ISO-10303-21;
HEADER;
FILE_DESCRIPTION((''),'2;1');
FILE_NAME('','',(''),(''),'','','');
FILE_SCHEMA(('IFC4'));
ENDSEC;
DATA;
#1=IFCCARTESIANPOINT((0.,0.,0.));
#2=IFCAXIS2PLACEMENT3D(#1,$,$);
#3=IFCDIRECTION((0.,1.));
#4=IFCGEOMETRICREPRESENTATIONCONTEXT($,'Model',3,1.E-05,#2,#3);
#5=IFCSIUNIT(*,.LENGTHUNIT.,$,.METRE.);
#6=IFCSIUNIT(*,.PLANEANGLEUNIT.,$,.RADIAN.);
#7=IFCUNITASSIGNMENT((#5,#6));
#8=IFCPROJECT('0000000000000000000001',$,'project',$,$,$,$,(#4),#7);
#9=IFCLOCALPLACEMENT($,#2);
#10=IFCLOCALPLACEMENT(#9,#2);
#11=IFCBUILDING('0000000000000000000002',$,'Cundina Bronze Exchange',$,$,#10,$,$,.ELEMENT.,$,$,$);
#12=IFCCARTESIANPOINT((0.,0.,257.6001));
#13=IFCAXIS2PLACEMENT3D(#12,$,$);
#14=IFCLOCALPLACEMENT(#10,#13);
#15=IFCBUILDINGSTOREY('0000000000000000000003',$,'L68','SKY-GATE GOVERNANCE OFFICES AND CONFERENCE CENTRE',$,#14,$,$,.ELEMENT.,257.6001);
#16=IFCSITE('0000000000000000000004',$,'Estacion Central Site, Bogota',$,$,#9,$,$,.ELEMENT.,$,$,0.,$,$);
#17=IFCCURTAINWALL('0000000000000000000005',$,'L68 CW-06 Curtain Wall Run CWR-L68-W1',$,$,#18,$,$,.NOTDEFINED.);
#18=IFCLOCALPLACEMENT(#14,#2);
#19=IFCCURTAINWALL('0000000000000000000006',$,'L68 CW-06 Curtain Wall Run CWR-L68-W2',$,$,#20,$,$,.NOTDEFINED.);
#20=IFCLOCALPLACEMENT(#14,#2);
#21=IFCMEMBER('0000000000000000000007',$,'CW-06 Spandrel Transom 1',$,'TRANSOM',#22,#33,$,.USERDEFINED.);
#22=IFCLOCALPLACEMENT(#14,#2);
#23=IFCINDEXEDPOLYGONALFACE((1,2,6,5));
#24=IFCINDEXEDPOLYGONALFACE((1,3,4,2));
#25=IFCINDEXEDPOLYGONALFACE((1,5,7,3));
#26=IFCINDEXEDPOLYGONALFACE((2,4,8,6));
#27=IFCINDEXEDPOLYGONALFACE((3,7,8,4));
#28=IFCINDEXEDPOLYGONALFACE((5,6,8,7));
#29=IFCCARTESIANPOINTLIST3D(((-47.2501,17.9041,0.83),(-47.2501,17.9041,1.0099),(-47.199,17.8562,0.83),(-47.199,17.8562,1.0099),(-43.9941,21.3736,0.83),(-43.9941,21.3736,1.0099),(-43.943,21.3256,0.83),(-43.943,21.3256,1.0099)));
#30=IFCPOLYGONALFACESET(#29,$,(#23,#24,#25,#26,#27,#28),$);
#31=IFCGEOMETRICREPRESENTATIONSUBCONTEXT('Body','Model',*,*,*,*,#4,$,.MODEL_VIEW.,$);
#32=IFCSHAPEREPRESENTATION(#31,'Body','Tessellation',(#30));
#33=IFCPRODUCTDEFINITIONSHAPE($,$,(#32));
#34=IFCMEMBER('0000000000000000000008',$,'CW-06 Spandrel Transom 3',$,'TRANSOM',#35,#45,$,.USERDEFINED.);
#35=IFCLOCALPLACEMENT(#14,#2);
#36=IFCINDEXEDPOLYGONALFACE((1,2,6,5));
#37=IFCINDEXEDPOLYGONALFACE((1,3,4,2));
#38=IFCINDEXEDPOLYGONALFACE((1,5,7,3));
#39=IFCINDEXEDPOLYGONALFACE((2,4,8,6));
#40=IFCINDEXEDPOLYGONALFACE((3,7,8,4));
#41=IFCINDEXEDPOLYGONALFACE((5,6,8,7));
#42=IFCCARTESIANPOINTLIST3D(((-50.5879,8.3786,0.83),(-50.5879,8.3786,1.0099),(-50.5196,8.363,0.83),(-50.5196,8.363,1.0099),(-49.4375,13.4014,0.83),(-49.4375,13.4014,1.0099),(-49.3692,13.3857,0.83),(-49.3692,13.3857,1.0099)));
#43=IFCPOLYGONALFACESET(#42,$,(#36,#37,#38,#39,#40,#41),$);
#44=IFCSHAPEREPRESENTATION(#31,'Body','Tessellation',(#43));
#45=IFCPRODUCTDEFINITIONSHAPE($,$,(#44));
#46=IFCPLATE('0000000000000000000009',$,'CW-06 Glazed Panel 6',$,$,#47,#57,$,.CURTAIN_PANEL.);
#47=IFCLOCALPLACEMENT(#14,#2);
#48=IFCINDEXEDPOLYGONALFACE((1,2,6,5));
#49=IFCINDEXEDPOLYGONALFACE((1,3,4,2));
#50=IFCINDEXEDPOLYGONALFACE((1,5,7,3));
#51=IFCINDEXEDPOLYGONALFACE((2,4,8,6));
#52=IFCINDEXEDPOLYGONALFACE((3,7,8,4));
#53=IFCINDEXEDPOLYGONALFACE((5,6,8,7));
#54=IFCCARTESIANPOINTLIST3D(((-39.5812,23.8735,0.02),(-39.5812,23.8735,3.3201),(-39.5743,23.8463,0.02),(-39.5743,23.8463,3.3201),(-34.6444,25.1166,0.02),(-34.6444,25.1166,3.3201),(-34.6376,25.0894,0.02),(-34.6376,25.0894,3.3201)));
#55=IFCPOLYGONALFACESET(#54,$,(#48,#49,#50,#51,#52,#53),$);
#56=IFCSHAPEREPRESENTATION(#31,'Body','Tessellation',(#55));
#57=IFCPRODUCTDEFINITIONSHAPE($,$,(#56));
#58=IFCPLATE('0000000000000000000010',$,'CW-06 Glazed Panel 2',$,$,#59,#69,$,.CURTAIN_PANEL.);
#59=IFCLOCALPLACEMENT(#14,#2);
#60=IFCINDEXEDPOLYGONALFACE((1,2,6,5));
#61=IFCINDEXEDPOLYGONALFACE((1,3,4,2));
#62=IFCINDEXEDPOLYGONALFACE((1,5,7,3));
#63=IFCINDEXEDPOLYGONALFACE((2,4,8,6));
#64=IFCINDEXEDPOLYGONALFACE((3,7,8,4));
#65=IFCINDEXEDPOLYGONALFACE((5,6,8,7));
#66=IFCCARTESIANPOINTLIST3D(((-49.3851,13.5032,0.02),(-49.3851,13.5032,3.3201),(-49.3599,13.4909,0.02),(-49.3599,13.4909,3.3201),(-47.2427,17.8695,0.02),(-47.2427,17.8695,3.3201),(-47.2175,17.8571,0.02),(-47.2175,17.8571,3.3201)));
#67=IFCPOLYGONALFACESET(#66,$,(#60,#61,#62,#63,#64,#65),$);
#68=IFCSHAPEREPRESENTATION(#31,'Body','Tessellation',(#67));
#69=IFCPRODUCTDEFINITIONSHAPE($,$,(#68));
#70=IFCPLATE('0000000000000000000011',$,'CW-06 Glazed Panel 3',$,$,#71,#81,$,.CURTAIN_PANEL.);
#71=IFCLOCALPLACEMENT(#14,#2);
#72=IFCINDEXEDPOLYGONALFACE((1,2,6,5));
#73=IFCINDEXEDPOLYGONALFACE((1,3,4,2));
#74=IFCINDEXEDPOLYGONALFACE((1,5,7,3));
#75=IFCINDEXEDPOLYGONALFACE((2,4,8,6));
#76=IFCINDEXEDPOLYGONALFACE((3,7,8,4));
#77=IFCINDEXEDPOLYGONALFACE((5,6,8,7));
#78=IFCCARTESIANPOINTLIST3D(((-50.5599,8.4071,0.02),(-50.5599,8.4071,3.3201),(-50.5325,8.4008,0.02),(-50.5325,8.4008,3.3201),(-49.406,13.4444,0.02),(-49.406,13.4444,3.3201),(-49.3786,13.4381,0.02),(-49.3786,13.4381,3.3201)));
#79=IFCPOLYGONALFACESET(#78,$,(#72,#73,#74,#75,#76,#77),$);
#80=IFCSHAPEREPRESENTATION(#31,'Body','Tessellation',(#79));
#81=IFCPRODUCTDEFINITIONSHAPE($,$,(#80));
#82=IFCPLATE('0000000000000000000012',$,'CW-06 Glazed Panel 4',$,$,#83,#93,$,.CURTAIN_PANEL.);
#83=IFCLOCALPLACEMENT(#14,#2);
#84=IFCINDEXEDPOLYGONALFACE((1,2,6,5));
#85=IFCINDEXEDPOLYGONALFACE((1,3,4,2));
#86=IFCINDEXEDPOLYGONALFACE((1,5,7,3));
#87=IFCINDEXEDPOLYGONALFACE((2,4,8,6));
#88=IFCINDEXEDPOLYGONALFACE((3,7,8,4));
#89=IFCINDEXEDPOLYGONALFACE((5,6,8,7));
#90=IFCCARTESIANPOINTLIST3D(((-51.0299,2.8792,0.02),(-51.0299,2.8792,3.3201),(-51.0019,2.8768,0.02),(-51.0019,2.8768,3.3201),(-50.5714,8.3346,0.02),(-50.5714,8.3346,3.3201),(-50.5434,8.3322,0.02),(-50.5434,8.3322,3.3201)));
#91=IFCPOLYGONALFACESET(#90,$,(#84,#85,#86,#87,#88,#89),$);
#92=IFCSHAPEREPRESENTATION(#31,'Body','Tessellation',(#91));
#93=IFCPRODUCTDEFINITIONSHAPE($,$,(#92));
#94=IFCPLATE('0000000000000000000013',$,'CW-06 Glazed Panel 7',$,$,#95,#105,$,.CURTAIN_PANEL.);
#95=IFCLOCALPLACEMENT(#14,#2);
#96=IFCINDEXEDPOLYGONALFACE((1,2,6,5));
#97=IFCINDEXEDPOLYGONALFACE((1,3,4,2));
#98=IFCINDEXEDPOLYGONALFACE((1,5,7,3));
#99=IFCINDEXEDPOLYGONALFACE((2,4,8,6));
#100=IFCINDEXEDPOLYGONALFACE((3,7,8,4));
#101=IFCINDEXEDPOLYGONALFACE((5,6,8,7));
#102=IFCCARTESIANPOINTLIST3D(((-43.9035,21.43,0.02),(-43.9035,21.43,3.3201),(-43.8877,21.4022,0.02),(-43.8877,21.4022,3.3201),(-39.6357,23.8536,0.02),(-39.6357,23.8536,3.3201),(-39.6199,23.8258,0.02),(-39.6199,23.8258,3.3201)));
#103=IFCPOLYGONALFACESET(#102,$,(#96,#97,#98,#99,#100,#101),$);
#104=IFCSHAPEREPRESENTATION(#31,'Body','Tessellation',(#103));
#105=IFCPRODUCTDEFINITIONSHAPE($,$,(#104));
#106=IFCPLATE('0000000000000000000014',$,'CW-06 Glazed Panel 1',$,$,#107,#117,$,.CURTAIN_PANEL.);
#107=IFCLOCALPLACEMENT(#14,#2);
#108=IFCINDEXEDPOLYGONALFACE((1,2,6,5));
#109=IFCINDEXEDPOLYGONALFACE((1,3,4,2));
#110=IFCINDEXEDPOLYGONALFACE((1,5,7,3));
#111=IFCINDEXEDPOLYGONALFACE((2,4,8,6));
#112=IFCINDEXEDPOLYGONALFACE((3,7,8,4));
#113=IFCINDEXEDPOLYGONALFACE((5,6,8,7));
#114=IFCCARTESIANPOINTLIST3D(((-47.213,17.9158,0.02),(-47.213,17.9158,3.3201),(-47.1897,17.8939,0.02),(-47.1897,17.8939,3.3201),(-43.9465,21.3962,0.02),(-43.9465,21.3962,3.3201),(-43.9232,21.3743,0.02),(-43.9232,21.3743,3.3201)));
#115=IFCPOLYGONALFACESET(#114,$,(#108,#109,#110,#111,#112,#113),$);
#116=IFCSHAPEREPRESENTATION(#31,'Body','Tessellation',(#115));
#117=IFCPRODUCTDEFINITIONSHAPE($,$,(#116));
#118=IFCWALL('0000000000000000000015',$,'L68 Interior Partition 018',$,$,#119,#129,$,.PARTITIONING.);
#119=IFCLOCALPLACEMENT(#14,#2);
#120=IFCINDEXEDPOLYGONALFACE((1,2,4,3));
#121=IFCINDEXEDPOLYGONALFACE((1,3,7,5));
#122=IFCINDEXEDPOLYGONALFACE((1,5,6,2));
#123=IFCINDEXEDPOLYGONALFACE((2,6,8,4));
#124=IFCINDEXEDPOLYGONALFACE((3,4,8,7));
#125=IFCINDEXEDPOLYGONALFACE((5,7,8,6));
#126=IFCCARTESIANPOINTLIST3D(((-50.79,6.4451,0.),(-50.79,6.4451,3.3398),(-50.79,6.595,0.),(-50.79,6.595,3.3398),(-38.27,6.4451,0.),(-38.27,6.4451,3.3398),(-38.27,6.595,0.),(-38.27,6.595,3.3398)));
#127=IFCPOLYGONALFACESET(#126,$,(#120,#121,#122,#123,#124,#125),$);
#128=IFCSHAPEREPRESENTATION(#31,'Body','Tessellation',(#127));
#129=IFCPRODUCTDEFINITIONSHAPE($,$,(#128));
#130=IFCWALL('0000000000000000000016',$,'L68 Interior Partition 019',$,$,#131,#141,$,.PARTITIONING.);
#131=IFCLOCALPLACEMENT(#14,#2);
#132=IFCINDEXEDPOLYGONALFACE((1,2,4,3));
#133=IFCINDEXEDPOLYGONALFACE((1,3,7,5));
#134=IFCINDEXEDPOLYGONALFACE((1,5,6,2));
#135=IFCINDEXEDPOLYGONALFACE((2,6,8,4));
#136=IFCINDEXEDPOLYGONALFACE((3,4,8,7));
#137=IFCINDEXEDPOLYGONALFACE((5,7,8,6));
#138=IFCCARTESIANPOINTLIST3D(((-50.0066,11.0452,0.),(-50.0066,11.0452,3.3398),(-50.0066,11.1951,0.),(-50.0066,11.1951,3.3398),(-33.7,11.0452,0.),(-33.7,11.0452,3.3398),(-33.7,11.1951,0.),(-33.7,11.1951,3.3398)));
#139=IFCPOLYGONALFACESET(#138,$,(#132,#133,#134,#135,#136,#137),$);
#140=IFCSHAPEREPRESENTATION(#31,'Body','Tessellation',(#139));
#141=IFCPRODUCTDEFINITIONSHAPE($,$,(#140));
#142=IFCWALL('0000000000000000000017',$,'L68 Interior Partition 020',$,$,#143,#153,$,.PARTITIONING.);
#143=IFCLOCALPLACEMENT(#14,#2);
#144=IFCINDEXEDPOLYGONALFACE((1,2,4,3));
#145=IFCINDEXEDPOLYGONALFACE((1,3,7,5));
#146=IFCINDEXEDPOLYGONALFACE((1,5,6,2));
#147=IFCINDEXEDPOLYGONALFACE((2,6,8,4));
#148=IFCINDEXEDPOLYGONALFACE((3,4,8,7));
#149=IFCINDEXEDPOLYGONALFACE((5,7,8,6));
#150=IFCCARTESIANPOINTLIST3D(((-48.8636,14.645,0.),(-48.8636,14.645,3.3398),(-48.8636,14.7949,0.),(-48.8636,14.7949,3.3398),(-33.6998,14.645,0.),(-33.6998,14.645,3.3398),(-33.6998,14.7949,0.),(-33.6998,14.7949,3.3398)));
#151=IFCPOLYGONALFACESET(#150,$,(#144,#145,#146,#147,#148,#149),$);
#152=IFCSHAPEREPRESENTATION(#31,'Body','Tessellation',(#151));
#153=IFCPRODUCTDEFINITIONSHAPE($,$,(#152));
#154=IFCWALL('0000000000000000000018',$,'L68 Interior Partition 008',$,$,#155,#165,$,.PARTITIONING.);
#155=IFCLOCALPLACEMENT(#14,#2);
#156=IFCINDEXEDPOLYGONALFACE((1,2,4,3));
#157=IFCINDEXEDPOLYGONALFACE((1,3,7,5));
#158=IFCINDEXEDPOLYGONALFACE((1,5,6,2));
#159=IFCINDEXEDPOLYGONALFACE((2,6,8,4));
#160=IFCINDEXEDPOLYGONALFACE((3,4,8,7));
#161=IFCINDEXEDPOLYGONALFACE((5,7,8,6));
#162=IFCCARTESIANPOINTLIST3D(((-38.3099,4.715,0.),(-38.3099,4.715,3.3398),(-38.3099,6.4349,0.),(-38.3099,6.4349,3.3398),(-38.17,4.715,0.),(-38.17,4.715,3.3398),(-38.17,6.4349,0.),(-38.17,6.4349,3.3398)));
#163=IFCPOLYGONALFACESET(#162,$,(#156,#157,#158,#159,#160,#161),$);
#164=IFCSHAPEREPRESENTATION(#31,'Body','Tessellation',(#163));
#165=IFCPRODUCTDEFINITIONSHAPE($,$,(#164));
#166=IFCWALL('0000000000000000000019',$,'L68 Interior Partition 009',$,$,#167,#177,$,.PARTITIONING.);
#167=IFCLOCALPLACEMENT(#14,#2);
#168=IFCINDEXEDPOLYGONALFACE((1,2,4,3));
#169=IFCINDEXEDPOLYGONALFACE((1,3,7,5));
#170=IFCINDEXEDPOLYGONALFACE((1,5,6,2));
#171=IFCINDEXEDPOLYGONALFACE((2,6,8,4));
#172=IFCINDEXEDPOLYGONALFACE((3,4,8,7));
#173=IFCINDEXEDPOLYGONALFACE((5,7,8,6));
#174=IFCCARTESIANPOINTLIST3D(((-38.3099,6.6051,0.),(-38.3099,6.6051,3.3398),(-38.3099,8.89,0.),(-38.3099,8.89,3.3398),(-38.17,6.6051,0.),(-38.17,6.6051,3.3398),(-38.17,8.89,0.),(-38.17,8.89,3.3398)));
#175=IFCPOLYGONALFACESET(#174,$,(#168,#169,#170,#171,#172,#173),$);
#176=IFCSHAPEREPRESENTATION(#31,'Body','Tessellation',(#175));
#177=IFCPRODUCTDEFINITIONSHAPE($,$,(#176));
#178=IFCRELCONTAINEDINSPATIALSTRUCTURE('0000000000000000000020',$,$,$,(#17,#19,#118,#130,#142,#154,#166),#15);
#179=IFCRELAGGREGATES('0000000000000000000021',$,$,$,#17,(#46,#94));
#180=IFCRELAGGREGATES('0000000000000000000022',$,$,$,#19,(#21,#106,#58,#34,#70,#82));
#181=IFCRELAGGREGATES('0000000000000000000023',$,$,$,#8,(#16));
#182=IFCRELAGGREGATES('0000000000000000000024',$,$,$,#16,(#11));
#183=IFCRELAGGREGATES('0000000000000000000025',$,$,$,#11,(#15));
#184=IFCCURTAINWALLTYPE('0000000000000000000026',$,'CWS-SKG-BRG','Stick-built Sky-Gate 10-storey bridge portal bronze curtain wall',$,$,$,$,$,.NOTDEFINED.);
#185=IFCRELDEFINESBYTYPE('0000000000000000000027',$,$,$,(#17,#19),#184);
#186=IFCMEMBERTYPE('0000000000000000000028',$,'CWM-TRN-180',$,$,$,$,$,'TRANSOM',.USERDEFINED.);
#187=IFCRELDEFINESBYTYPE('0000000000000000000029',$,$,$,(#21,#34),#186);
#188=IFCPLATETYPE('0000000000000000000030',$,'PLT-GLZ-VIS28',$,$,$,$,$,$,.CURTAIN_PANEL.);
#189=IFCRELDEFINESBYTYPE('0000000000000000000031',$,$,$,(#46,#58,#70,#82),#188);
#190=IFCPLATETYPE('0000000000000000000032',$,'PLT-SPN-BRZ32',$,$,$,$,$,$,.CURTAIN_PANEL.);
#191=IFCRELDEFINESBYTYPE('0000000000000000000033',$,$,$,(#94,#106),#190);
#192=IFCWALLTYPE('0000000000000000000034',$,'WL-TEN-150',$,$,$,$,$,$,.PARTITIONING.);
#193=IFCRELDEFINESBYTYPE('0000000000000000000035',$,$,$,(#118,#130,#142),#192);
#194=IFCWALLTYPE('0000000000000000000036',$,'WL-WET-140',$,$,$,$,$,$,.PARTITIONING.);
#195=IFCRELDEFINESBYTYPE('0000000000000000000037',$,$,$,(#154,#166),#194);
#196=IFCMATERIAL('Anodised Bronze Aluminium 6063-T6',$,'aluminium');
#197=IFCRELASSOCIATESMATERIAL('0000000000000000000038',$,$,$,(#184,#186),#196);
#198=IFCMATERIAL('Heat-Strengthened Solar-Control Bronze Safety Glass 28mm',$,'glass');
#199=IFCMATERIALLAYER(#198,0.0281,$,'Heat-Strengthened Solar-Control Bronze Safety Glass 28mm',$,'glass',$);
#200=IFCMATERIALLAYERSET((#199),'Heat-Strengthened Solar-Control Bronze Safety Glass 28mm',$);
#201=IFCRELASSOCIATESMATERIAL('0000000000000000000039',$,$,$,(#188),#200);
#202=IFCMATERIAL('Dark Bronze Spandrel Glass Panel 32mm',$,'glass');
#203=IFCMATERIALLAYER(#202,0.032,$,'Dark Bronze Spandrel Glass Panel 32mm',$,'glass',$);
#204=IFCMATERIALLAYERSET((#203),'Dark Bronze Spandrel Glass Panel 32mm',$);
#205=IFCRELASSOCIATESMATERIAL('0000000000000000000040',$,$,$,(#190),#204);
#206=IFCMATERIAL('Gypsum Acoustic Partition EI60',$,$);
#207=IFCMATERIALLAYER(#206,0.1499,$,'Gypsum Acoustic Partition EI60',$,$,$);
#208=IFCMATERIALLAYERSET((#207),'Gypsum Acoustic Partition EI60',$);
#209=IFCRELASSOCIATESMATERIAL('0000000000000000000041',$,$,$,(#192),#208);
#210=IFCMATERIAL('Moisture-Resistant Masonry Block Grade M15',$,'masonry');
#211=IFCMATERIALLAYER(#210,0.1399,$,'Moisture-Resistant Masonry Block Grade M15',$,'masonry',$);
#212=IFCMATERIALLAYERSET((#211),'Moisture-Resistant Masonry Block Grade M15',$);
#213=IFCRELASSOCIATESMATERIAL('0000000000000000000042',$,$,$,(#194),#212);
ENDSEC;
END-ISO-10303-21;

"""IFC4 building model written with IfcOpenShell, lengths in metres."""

from ifc_helpers import new_model, si_unit, direction, frame, frame_2d, origin, origin_2d, place, context, subcontext, project, spatial, rectangle, extrude, material, layer, layer_set, material_profile, profile_set, type_object, element, aggregate, save


model = new_model("IFC4")

# Units and contexts
model_context = context("Model", 3, precision=1e-05, world=origin(), true_north=direction((0.0, 1.0)))
body_context = subcontext(model_context, "Body", "Model", "MODEL_VIEW")
ifc_project = project(units=[si_unit("LENGTHUNIT", "METRE"), si_unit("PLANEANGLEUNIT", "RADIAN")], contexts=[model_context])

# Site, building, storey
site_placement = place(None, origin())
site = spatial("IfcSite", under=ifc_project, at=site_placement, Name="Estacion Central Site, Bogota", CompositionType="ELEMENT", RefElevation=0.0)
building_placement = place(site_placement, origin())
building = spatial("IfcBuilding", under=site, at=building_placement, Name="Cundina Bronze Exchange", CompositionType="ELEMENT")
storey_placement = place(building_placement, frame((0.0, 0.0, 257.6001)))
storey = spatial("IfcBuildingStorey", under=building, at=storey_placement, Name="L68", Description="SKY-GATE GOVERNANCE OFFICES AND CONFERENCE CENTRE", CompositionType="ELEMENT", Elevation=257.6001)

# Curtain walls
ifc_material_1 = material(Name="Anodised Bronze Aluminium 6063-T6", Category="aluminium")
curtain_wall_type = type_object("IfcCurtainWallType", Name="CWS-SKG-BRG", Description="Stick-built Sky-Gate 10-storey bridge portal bronze curtain wall", PredefinedType="NOTDEFINED", material=ifc_material_1)
curtain_wall_1_placement = place(storey_placement, origin())
curtain_wall_1 = element("IfcCurtainWall", 1, at=curtain_wall_1_placement, inside=storey, type_object=curtain_wall_type, Name="L68 CW-06 Curtain Wall Run CWR-L68-W1", PredefinedType="NOTDEFINED")
curtain_wall_2_placement = place(storey_placement, origin())
curtain_wall_2 = element("IfcCurtainWall", 2, at=curtain_wall_2_placement, inside=storey, type_object=curtain_wall_type, Name="L68 CW-06 Curtain Wall Run CWR-L68-W2", PredefinedType="NOTDEFINED")

# Members
ifc_material_profile_1 = material_profile(ifc_material_1, rectangle(XDim=0.0701, YDim=0.1799, at=origin_2d()), Name="AL70X180", Category="aluminium")
ifc_profile_set_1 = profile_set([ifc_material_profile_1], Name="Anodised Bronze Aluminium 6063-T6")
member_type_1 = type_object("IfcMemberType", Name="CWM-TRN-180", ElementType="TRANSOM", PredefinedType="USERDEFINED", material=ifc_profile_set_1)
member_1_placement = place(storey_placement, frame((-43.9685, 21.3496, 0.9199), z_axis=(-0.684328, -0.729174, 0.0), x_axis=(0.729174, -0.684328, 0.0)))
member_1 = element("IfcMember", 3, at=member_1_placement, type_object=member_type_1, Name="CW-06 Spandrel Transom 1", ObjectType="TRANSOM", PredefinedType="USERDEFINED", context=body_context, shape_type="SweptSolid", body=[
    extrude(rectangle(XDim=0.0701, YDim=0.1799, at=origin_2d()), origin(), (0.0, 0.0, 1.0), 4.7581),
])
member_2_placement = place(storey_placement, frame((-49.4033, 13.3936, 0.9199), z_axis=(-0.223257, -0.97476, 0.0), x_axis=(0.97476, -0.223257, 0.0)))
member_2 = element("IfcMember", 4, at=member_2_placement, type_object=member_type_1, Name="CW-06 Spandrel Transom 3", ObjectType="TRANSOM", PredefinedType="USERDEFINED", context=body_context, shape_type="SweptSolid", body=[
    extrude(rectangle(XDim=0.0701, YDim=0.1799, at=origin_2d()), origin(), (0.0, 0.0, 1.0), 5.1528),
])

# Plates
ifc_material_2 = material(Name="Heat-Strengthened Solar-Control Bronze Safety Glass 28mm", Category="glass")
ifc_layer_1 = layer(ifc_material_2, 0.0281, Name="Heat-Strengthened Solar-Control Bronze Safety Glass 28mm", Category="glass")
ifc_layer_set_1 = layer_set([ifc_layer_1], Name="Heat-Strengthened Solar-Control Bronze Safety Glass 28mm")
plate_type_1 = type_object("IfcPlateType", Name="PLT-GLZ-VIS28", PredefinedType="CURTAIN_PANEL", material=ifc_layer_set_1)
plate_1_placement = place(storey_placement, frame((-37.1094, 24.4814, 0.02), z_axis=(0.0, 0.0, 1.0), x_axis=(-0.969732, -0.244174, 0.0)))
plate_1 = element("IfcPlate", 5, at=plate_1_placement, type_object=plate_type_1, Name="CW-06 Glazed Panel 6", PredefinedType="CURTAIN_PANEL", context=body_context, shape_type="SweptSolid", body=[
    extrude(rectangle(XDim=5.0908, YDim=0.0281, at=origin_2d()), origin(), (0.0, 0.0, 1.0), 3.3),
])
plate_2_placement = place(storey_placement, frame((-48.3013, 15.6802, 0.02), z_axis=(0.0, 0.0, 1.0), x_axis=(-0.440503, -0.897751, 0.0)))
plate_2 = element("IfcPlate", 6, at=plate_2_placement, type_object=plate_type_1, Name="CW-06 Glazed Panel 2", PredefinedType="CURTAIN_PANEL", context=body_context, shape_type="SweptSolid", body=[
    extrude(rectangle(XDim=4.8635, YDim=0.0281, at=origin_2d()), origin(), (0.0, 0.0, 1.0), 3.3),
])
plate_3_placement = place(storey_placement, frame((-49.9692, 10.9226, 0.02), z_axis=(0.0, 0.0, 1.0), x_axis=(-0.223284, -0.974753, 0.0)))
plate_3 = element("IfcPlate", 7, at=plate_3_placement, type_object=plate_type_1, Name="CW-06 Glazed Panel 3", PredefinedType="CURTAIN_PANEL", context=body_context, shape_type="SweptSolid", body=[
    extrude(rectangle(XDim=5.1677, YDim=0.0281, at=origin_2d()), origin(), (0.0, 0.0, 1.0), 3.3),
])
plate_4_placement = place(storey_placement, frame((-50.7866, 5.6057, 0.02), z_axis=(0.0, 0.0, 1.0), x_axis=(-0.083747, -0.996487, 0.0)))
plate_4 = element("IfcPlate", 8, at=plate_4_placement, type_object=plate_type_1, Name="CW-06 Glazed Panel 4", PredefinedType="CURTAIN_PANEL", context=body_context, shape_type="SweptSolid", body=[
    extrude(rectangle(XDim=5.4746, YDim=0.0281, at=origin_2d()), origin(), (0.0, 0.0, 1.0), 3.3),
])
ifc_material_3 = material(Name="Dark Bronze Spandrel Glass Panel 32mm", Category="glass")
ifc_layer_2 = layer(ifc_material_3, 0.032, Name="Dark Bronze Spandrel Glass Panel 32mm", Category="glass")
ifc_layer_set_2 = layer_set([ifc_layer_2], Name="Dark Bronze Spandrel Glass Panel 32mm")
plate_type_2 = type_object("IfcPlateType", Name="PLT-SPN-BRZ32", PredefinedType="CURTAIN_PANEL", material=ifc_layer_set_2)
plate_5_placement = place(storey_placement, frame((-41.7617, 22.6279, 0.02), z_axis=(0.0, 0.0, 1.0), x_axis=(-0.869573, -0.493805, 0.0)))
plate_5 = element("IfcPlate", 9, at=plate_5_placement, type_object=plate_type_2, Name="CW-06 Glazed Panel 7", PredefinedType="CURTAIN_PANEL", context=body_context, shape_type="SweptSolid", body=[
    extrude(rectangle(XDim=4.908, YDim=0.032, at=origin_2d()), origin(), (0.0, 0.0, 1.0), 3.3),
])
aggregate(curtain_wall_1, [plate_1, plate_5])
plate_6_placement = place(storey_placement, frame((-45.5681, 19.645, 0.02), z_axis=(0.0, 0.0, 1.0), x_axis=(-0.684344, -0.72916, 0.0)))
plate_6 = element("IfcPlate", 10, at=plate_6_placement, type_object=plate_type_2, Name="CW-06 Glazed Panel 1", PredefinedType="CURTAIN_PANEL", context=body_context, shape_type="SweptSolid", body=[
    extrude(rectangle(XDim=4.7732, YDim=0.032, at=origin_2d()), origin(), (0.0, 0.0, 1.0), 3.3),
])
aggregate(curtain_wall_2, [member_1, plate_6, plate_2, member_2, plate_3, plate_4])

# Walls
ifc_material_4 = material(Name="Gypsum Acoustic Partition EI60")
ifc_layer_3 = layer(ifc_material_4, 0.1499, Name="Gypsum Acoustic Partition EI60")
ifc_layer_set_3 = layer_set([ifc_layer_3], Name="Gypsum Acoustic Partition EI60")
wall_type_1 = type_object("IfcWallType", Name="WL-TEN-150", PredefinedType="PARTITIONING", material=ifc_layer_set_3)
wall_1_placement = place(storey_placement, frame((-50.79, 6.52, 0.0), z_axis=(0.0, 0.0, 1.0), x_axis=(1.0, 0.0, 0.0)))
element("IfcWall", 11, at=wall_1_placement, inside=storey, type_object=wall_type_1, Name="L68 Interior Partition 018", PredefinedType="PARTITIONING", context=body_context, shape_type="SweptSolid", body=[
    extrude(rectangle(XDim=12.52, YDim=0.1499, at=frame_2d((6.26, 0.0))), origin(), (0.0, 0.0, 1.0), 3.3398),
])
wall_2_placement = place(storey_placement, frame((-50.0066, 11.1201, 0.0), z_axis=(0.0, 0.0, 1.0), x_axis=(1.0, 0.0, 0.0)))
element("IfcWall", 12, at=wall_2_placement, inside=storey, type_object=wall_type_1, Name="L68 Interior Partition 019", PredefinedType="PARTITIONING", context=body_context, shape_type="SweptSolid", body=[
    extrude(rectangle(XDim=16.3066, YDim=0.1499, at=frame_2d((8.1533, 0.0))), origin(), (0.0, 0.0, 1.0), 3.3398),
])
wall_3_placement = place(storey_placement, frame((-48.8638, 14.72, 0.0), z_axis=(0.0, 0.0, 1.0), x_axis=(1.0, 0.0, 0.0)))
element("IfcWall", 13, at=wall_3_placement, inside=storey, type_object=wall_type_1, Name="L68 Interior Partition 020", PredefinedType="PARTITIONING", context=body_context, shape_type="SweptSolid", body=[
    extrude(rectangle(XDim=15.1638, YDim=0.1499, at=frame_2d((7.582, 0.0))), origin(), (0.0, 0.0, 1.0), 3.3398),
])
ifc_material_5 = material(Name="Moisture-Resistant Masonry Block Grade M15", Category="masonry")
ifc_layer_4 = layer(ifc_material_5, 0.1399, Name="Moisture-Resistant Masonry Block Grade M15", Category="masonry")
ifc_layer_set_4 = layer_set([ifc_layer_4], Name="Moisture-Resistant Masonry Block Grade M15")
wall_type_2 = type_object("IfcWallType", Name="WL-WET-140", PredefinedType="PARTITIONING", material=ifc_layer_set_4)
wall_4_placement = place(storey_placement, frame((-38.24, 4.7151, 0.0), z_axis=(0.0, 0.0, 1.0), x_axis=(0.0, 1.0, 0.0)))
element("IfcWall", 14, at=wall_4_placement, inside=storey, type_object=wall_type_2, Name="L68 Interior Partition 008", PredefinedType="PARTITIONING", context=body_context, shape_type="SweptSolid", body=[
    extrude(rectangle(XDim=1.72, YDim=0.1399, at=frame_2d((0.8599, 0.0))), origin(), (0.0, 0.0, 1.0), 3.3398),
])
wall_5_placement = place(storey_placement, frame((-38.24, 6.605, 0.0), z_axis=(0.0, 0.0, 1.0), x_axis=(0.0, 1.0, 0.0)))
element("IfcWall", 15, at=wall_5_placement, inside=storey, type_object=wall_type_2, Name="L68 Interior Partition 009", PredefinedType="PARTITIONING", context=body_context, shape_type="SweptSolid", body=[
    extrude(rectangle(XDim=2.2849, YDim=0.1399, at=frame_2d((1.1426, 0.0))), origin(), (0.0, 0.0, 1.0), 3.3398),
])

save(model, "model.ifc")
